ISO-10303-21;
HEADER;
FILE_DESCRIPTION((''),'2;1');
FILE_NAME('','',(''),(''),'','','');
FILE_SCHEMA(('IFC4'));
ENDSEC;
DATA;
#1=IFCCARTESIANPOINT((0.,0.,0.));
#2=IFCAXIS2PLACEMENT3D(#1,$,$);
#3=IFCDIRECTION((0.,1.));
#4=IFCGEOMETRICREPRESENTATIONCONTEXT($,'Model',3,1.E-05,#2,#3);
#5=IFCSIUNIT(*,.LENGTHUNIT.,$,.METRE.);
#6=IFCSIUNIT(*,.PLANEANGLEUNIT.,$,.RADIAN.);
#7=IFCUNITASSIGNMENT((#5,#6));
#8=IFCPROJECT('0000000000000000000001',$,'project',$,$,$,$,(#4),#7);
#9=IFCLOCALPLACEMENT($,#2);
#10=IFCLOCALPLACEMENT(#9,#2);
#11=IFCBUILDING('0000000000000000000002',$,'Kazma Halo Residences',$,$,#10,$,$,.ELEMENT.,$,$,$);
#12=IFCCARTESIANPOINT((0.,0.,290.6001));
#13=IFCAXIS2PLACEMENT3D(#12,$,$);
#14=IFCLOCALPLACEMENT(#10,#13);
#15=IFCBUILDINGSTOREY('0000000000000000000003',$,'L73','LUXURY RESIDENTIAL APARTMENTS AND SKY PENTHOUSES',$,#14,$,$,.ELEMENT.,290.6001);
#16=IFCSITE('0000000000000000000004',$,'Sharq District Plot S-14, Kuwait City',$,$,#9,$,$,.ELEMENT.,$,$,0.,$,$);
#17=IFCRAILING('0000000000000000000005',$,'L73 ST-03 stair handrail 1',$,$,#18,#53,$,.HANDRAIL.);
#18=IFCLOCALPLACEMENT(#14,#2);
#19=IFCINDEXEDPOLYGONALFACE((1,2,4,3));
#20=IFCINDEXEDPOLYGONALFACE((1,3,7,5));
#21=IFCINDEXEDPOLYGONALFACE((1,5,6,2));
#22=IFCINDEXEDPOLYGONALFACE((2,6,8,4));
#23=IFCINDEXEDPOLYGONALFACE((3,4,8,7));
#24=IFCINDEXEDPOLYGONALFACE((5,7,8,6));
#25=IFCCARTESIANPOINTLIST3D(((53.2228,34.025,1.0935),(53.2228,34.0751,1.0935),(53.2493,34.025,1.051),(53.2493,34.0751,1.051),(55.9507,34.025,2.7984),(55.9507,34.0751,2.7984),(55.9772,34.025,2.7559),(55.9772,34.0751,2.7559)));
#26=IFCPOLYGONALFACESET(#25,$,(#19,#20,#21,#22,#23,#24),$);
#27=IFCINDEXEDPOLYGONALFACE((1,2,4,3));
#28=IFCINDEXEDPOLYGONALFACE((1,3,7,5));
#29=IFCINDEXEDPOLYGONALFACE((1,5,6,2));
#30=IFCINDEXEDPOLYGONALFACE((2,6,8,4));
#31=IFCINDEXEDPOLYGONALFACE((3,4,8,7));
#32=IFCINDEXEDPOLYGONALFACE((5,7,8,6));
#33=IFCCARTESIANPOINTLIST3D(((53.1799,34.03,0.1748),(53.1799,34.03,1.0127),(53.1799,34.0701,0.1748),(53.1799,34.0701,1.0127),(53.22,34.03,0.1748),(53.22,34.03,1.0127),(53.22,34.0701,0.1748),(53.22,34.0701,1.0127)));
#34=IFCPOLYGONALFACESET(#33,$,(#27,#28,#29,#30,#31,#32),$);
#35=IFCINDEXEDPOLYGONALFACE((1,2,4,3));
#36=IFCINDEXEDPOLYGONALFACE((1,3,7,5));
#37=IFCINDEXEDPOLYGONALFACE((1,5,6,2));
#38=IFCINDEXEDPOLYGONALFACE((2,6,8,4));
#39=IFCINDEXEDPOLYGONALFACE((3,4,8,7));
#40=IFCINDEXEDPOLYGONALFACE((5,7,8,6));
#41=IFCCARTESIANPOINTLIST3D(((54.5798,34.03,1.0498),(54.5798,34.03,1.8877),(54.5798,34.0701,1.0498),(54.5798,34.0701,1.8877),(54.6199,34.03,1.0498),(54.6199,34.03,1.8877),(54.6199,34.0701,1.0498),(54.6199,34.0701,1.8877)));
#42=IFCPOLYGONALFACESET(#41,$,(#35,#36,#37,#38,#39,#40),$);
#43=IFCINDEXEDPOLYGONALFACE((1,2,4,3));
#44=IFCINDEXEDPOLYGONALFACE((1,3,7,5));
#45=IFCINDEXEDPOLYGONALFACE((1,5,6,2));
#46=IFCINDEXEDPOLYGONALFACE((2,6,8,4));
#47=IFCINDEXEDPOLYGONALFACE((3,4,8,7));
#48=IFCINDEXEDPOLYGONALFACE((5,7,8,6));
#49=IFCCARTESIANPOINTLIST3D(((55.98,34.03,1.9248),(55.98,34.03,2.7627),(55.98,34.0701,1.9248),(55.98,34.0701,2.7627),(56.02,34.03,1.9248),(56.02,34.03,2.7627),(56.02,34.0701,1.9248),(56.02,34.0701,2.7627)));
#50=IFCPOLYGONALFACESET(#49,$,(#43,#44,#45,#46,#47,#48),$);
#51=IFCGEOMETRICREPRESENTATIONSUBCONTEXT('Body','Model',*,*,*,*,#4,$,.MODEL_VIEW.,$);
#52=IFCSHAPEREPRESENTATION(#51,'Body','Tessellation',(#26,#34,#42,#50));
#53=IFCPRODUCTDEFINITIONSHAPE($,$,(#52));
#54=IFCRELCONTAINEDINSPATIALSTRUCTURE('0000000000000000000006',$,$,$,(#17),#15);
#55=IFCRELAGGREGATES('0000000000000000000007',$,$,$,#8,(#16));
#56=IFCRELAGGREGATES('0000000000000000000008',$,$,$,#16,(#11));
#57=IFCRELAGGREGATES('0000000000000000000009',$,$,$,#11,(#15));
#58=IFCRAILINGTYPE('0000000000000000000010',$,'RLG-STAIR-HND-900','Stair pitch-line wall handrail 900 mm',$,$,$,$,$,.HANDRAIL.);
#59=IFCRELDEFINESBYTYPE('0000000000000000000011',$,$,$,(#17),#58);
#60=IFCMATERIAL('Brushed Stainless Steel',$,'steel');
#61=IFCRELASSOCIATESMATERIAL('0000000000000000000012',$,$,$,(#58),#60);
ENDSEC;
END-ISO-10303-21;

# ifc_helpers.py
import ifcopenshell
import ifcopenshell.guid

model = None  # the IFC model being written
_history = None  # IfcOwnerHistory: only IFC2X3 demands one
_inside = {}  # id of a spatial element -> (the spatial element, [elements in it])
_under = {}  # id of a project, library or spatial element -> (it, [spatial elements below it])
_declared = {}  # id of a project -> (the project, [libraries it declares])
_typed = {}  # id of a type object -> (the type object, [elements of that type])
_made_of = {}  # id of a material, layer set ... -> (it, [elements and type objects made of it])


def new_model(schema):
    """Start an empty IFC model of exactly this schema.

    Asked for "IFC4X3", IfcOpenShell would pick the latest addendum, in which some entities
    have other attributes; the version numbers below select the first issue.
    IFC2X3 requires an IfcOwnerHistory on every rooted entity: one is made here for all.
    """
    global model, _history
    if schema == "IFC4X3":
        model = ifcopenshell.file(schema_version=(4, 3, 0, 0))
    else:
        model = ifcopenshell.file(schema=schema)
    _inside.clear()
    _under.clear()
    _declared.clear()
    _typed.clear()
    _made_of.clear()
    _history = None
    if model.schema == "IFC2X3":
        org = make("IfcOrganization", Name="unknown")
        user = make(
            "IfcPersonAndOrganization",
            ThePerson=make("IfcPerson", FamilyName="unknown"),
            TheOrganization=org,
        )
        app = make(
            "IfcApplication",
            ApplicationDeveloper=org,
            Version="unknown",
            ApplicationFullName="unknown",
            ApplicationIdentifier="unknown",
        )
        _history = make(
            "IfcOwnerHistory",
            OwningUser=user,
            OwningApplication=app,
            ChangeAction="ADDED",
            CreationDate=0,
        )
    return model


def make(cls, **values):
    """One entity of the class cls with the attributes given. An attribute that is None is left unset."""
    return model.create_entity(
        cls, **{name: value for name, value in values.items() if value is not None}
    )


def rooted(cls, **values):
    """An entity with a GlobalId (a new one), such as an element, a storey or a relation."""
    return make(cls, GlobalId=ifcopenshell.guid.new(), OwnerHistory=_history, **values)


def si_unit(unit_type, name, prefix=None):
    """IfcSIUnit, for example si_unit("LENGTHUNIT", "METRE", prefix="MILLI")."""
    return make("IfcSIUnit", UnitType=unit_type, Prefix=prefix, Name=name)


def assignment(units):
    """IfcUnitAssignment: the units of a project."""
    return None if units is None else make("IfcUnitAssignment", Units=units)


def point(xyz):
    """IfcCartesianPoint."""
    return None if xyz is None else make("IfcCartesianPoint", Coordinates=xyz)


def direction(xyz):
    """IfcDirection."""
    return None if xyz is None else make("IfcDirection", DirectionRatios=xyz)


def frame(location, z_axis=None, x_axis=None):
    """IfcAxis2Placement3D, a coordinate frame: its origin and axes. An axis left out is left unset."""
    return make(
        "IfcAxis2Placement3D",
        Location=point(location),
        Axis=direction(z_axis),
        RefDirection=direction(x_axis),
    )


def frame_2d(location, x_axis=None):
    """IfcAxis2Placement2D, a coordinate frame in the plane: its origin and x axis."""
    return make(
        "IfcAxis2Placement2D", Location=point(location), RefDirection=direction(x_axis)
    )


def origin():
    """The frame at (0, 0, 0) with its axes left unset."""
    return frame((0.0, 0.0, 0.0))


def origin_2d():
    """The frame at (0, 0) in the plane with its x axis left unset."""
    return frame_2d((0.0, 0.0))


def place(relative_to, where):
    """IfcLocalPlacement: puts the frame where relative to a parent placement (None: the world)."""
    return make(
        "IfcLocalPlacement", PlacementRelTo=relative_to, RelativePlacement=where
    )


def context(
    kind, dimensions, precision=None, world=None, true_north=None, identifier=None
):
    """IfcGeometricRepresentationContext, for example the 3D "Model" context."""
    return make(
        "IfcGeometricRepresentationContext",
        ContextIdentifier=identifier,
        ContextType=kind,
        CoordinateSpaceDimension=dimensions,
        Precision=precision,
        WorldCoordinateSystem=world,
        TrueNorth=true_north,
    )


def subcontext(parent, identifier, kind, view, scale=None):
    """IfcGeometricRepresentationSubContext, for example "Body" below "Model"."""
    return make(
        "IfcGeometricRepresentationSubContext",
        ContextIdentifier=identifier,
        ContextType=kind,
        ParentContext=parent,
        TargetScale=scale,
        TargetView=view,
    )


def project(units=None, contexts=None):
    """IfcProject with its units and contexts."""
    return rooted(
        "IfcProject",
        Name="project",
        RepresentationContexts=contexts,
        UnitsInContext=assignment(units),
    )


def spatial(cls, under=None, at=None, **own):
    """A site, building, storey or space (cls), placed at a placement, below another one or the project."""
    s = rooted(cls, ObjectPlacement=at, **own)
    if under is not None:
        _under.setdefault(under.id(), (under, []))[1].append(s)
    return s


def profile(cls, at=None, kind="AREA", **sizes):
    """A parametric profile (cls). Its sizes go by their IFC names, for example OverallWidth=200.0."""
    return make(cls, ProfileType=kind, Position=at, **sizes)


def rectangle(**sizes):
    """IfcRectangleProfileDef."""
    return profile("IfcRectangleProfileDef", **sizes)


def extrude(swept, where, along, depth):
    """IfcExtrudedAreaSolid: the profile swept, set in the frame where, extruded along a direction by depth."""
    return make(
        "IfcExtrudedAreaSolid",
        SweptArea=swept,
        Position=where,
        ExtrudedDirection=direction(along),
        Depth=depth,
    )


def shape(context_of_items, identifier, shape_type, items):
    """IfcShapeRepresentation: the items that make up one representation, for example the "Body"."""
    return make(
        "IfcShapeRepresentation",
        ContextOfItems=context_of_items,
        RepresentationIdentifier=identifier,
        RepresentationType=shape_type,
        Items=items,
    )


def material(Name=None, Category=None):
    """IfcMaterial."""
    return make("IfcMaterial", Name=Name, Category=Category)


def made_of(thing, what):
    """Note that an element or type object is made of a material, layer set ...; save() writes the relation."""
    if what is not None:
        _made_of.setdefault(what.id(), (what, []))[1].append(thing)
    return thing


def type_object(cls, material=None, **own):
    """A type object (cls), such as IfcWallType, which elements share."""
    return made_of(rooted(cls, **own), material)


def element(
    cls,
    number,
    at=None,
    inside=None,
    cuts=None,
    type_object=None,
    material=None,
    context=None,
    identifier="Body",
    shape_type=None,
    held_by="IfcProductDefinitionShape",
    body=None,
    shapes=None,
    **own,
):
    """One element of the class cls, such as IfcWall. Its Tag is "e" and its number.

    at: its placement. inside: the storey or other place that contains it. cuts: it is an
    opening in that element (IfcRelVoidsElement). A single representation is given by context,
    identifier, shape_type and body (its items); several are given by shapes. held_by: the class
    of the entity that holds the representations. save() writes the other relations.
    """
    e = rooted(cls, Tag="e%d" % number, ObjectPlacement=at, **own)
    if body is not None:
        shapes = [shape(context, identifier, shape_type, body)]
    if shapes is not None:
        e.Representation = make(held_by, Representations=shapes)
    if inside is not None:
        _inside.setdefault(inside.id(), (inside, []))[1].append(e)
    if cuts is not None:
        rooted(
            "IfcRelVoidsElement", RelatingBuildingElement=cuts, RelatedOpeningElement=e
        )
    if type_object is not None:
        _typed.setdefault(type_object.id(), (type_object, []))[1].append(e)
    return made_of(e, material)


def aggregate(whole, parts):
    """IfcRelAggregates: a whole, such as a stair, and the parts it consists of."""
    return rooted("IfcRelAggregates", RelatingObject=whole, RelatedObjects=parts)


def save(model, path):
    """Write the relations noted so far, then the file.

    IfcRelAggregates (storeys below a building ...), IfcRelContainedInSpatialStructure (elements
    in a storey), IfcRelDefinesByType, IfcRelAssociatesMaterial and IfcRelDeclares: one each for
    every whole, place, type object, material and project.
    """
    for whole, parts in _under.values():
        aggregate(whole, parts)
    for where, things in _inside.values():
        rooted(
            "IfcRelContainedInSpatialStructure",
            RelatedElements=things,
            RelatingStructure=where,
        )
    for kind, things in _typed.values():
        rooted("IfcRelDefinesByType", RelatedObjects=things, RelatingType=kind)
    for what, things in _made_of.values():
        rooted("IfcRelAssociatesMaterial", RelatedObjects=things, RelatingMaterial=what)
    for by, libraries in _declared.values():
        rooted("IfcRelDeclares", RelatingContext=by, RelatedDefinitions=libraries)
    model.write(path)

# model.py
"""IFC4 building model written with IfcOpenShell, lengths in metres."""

from ifc_helpers import new_model, si_unit, direction, frame, origin, origin_2d, place, context, subcontext, project, spatial, rectangle, extrude, material, type_object, element, save


model = new_model("IFC4")

# Units and contexts
model_context = context("Model", 3, precision=1e-05, world=origin(), true_north=direction((0.0, 1.0)))
body_context = subcontext(model_context, "Body", "Model", "MODEL_VIEW")
ifc_project = project(units=[si_unit("LENGTHUNIT", "METRE"), si_unit("PLANEANGLEUNIT", "RADIAN")], contexts=[model_context])

# Site, building, storey
site_placement = place(None, origin())
site = spatial("IfcSite", under=ifc_project, at=site_placement, Name="Sharq District Plot S-14, Kuwait City", CompositionType="ELEMENT", RefElevation=0.0)
building_placement = place(site_placement, origin())
building = spatial("IfcBuilding", under=site, at=building_placement, Name="Kazma Halo Residences", CompositionType="ELEMENT")
storey_placement = place(building_placement, frame((0.0, 0.0, 290.6001)))
storey = spatial("IfcBuildingStorey", under=building, at=storey_placement, Name="L73", Description="LUXURY RESIDENTIAL APARTMENTS AND SKY PENTHOUSES", CompositionType="ELEMENT", Elevation=290.6001)

# Railing
ifc_material_1 = material(Name="Brushed Stainless Steel", Category="steel")
railing_type_1 = type_object("IfcRailingType", Name="RLG-STAIR-HND-900", Description="Stair pitch-line wall handrail 900 mm", PredefinedType="HANDRAIL", material=ifc_material_1)
railing_1_placement = place(storey_placement, frame((53.2, 34.05, 0.1748)))
element("IfcRailing", 1, at=railing_1_placement, inside=storey, type_object=railing_type_1, Name="L73 ST-03 stair handrail 1", PredefinedType="HANDRAIL", context=body_context, shape_type="SweptSolid", body=[
    extrude(rectangle(XDim=0.05, YDim=0.05, at=origin_2d()), frame((0.0361, 0.0, 0.8975), z_axis=(0.848002, 0.0, 0.529992), x_axis=(0.0, 1.0, 0.0)), (0.0, 0.0, 1.0), 3.2168),
    extrude(rectangle(XDim=0.04, YDim=0.04, at=origin_2d()), origin(), (0.0, 0.0, 1.0), 0.8379),
    extrude(rectangle(XDim=0.04, YDim=0.04, at=origin_2d()), frame((1.3999, 0.0, 0.875)), (0.0, 0.0, 1.0), 0.8379),
    extrude(rectangle(XDim=0.04, YDim=0.04, at=origin_2d()), frame((2.8, 0.0, 1.75)), (0.0, 0.0, 1.0), 0.8379),
])

save(model, "model.ifc")
